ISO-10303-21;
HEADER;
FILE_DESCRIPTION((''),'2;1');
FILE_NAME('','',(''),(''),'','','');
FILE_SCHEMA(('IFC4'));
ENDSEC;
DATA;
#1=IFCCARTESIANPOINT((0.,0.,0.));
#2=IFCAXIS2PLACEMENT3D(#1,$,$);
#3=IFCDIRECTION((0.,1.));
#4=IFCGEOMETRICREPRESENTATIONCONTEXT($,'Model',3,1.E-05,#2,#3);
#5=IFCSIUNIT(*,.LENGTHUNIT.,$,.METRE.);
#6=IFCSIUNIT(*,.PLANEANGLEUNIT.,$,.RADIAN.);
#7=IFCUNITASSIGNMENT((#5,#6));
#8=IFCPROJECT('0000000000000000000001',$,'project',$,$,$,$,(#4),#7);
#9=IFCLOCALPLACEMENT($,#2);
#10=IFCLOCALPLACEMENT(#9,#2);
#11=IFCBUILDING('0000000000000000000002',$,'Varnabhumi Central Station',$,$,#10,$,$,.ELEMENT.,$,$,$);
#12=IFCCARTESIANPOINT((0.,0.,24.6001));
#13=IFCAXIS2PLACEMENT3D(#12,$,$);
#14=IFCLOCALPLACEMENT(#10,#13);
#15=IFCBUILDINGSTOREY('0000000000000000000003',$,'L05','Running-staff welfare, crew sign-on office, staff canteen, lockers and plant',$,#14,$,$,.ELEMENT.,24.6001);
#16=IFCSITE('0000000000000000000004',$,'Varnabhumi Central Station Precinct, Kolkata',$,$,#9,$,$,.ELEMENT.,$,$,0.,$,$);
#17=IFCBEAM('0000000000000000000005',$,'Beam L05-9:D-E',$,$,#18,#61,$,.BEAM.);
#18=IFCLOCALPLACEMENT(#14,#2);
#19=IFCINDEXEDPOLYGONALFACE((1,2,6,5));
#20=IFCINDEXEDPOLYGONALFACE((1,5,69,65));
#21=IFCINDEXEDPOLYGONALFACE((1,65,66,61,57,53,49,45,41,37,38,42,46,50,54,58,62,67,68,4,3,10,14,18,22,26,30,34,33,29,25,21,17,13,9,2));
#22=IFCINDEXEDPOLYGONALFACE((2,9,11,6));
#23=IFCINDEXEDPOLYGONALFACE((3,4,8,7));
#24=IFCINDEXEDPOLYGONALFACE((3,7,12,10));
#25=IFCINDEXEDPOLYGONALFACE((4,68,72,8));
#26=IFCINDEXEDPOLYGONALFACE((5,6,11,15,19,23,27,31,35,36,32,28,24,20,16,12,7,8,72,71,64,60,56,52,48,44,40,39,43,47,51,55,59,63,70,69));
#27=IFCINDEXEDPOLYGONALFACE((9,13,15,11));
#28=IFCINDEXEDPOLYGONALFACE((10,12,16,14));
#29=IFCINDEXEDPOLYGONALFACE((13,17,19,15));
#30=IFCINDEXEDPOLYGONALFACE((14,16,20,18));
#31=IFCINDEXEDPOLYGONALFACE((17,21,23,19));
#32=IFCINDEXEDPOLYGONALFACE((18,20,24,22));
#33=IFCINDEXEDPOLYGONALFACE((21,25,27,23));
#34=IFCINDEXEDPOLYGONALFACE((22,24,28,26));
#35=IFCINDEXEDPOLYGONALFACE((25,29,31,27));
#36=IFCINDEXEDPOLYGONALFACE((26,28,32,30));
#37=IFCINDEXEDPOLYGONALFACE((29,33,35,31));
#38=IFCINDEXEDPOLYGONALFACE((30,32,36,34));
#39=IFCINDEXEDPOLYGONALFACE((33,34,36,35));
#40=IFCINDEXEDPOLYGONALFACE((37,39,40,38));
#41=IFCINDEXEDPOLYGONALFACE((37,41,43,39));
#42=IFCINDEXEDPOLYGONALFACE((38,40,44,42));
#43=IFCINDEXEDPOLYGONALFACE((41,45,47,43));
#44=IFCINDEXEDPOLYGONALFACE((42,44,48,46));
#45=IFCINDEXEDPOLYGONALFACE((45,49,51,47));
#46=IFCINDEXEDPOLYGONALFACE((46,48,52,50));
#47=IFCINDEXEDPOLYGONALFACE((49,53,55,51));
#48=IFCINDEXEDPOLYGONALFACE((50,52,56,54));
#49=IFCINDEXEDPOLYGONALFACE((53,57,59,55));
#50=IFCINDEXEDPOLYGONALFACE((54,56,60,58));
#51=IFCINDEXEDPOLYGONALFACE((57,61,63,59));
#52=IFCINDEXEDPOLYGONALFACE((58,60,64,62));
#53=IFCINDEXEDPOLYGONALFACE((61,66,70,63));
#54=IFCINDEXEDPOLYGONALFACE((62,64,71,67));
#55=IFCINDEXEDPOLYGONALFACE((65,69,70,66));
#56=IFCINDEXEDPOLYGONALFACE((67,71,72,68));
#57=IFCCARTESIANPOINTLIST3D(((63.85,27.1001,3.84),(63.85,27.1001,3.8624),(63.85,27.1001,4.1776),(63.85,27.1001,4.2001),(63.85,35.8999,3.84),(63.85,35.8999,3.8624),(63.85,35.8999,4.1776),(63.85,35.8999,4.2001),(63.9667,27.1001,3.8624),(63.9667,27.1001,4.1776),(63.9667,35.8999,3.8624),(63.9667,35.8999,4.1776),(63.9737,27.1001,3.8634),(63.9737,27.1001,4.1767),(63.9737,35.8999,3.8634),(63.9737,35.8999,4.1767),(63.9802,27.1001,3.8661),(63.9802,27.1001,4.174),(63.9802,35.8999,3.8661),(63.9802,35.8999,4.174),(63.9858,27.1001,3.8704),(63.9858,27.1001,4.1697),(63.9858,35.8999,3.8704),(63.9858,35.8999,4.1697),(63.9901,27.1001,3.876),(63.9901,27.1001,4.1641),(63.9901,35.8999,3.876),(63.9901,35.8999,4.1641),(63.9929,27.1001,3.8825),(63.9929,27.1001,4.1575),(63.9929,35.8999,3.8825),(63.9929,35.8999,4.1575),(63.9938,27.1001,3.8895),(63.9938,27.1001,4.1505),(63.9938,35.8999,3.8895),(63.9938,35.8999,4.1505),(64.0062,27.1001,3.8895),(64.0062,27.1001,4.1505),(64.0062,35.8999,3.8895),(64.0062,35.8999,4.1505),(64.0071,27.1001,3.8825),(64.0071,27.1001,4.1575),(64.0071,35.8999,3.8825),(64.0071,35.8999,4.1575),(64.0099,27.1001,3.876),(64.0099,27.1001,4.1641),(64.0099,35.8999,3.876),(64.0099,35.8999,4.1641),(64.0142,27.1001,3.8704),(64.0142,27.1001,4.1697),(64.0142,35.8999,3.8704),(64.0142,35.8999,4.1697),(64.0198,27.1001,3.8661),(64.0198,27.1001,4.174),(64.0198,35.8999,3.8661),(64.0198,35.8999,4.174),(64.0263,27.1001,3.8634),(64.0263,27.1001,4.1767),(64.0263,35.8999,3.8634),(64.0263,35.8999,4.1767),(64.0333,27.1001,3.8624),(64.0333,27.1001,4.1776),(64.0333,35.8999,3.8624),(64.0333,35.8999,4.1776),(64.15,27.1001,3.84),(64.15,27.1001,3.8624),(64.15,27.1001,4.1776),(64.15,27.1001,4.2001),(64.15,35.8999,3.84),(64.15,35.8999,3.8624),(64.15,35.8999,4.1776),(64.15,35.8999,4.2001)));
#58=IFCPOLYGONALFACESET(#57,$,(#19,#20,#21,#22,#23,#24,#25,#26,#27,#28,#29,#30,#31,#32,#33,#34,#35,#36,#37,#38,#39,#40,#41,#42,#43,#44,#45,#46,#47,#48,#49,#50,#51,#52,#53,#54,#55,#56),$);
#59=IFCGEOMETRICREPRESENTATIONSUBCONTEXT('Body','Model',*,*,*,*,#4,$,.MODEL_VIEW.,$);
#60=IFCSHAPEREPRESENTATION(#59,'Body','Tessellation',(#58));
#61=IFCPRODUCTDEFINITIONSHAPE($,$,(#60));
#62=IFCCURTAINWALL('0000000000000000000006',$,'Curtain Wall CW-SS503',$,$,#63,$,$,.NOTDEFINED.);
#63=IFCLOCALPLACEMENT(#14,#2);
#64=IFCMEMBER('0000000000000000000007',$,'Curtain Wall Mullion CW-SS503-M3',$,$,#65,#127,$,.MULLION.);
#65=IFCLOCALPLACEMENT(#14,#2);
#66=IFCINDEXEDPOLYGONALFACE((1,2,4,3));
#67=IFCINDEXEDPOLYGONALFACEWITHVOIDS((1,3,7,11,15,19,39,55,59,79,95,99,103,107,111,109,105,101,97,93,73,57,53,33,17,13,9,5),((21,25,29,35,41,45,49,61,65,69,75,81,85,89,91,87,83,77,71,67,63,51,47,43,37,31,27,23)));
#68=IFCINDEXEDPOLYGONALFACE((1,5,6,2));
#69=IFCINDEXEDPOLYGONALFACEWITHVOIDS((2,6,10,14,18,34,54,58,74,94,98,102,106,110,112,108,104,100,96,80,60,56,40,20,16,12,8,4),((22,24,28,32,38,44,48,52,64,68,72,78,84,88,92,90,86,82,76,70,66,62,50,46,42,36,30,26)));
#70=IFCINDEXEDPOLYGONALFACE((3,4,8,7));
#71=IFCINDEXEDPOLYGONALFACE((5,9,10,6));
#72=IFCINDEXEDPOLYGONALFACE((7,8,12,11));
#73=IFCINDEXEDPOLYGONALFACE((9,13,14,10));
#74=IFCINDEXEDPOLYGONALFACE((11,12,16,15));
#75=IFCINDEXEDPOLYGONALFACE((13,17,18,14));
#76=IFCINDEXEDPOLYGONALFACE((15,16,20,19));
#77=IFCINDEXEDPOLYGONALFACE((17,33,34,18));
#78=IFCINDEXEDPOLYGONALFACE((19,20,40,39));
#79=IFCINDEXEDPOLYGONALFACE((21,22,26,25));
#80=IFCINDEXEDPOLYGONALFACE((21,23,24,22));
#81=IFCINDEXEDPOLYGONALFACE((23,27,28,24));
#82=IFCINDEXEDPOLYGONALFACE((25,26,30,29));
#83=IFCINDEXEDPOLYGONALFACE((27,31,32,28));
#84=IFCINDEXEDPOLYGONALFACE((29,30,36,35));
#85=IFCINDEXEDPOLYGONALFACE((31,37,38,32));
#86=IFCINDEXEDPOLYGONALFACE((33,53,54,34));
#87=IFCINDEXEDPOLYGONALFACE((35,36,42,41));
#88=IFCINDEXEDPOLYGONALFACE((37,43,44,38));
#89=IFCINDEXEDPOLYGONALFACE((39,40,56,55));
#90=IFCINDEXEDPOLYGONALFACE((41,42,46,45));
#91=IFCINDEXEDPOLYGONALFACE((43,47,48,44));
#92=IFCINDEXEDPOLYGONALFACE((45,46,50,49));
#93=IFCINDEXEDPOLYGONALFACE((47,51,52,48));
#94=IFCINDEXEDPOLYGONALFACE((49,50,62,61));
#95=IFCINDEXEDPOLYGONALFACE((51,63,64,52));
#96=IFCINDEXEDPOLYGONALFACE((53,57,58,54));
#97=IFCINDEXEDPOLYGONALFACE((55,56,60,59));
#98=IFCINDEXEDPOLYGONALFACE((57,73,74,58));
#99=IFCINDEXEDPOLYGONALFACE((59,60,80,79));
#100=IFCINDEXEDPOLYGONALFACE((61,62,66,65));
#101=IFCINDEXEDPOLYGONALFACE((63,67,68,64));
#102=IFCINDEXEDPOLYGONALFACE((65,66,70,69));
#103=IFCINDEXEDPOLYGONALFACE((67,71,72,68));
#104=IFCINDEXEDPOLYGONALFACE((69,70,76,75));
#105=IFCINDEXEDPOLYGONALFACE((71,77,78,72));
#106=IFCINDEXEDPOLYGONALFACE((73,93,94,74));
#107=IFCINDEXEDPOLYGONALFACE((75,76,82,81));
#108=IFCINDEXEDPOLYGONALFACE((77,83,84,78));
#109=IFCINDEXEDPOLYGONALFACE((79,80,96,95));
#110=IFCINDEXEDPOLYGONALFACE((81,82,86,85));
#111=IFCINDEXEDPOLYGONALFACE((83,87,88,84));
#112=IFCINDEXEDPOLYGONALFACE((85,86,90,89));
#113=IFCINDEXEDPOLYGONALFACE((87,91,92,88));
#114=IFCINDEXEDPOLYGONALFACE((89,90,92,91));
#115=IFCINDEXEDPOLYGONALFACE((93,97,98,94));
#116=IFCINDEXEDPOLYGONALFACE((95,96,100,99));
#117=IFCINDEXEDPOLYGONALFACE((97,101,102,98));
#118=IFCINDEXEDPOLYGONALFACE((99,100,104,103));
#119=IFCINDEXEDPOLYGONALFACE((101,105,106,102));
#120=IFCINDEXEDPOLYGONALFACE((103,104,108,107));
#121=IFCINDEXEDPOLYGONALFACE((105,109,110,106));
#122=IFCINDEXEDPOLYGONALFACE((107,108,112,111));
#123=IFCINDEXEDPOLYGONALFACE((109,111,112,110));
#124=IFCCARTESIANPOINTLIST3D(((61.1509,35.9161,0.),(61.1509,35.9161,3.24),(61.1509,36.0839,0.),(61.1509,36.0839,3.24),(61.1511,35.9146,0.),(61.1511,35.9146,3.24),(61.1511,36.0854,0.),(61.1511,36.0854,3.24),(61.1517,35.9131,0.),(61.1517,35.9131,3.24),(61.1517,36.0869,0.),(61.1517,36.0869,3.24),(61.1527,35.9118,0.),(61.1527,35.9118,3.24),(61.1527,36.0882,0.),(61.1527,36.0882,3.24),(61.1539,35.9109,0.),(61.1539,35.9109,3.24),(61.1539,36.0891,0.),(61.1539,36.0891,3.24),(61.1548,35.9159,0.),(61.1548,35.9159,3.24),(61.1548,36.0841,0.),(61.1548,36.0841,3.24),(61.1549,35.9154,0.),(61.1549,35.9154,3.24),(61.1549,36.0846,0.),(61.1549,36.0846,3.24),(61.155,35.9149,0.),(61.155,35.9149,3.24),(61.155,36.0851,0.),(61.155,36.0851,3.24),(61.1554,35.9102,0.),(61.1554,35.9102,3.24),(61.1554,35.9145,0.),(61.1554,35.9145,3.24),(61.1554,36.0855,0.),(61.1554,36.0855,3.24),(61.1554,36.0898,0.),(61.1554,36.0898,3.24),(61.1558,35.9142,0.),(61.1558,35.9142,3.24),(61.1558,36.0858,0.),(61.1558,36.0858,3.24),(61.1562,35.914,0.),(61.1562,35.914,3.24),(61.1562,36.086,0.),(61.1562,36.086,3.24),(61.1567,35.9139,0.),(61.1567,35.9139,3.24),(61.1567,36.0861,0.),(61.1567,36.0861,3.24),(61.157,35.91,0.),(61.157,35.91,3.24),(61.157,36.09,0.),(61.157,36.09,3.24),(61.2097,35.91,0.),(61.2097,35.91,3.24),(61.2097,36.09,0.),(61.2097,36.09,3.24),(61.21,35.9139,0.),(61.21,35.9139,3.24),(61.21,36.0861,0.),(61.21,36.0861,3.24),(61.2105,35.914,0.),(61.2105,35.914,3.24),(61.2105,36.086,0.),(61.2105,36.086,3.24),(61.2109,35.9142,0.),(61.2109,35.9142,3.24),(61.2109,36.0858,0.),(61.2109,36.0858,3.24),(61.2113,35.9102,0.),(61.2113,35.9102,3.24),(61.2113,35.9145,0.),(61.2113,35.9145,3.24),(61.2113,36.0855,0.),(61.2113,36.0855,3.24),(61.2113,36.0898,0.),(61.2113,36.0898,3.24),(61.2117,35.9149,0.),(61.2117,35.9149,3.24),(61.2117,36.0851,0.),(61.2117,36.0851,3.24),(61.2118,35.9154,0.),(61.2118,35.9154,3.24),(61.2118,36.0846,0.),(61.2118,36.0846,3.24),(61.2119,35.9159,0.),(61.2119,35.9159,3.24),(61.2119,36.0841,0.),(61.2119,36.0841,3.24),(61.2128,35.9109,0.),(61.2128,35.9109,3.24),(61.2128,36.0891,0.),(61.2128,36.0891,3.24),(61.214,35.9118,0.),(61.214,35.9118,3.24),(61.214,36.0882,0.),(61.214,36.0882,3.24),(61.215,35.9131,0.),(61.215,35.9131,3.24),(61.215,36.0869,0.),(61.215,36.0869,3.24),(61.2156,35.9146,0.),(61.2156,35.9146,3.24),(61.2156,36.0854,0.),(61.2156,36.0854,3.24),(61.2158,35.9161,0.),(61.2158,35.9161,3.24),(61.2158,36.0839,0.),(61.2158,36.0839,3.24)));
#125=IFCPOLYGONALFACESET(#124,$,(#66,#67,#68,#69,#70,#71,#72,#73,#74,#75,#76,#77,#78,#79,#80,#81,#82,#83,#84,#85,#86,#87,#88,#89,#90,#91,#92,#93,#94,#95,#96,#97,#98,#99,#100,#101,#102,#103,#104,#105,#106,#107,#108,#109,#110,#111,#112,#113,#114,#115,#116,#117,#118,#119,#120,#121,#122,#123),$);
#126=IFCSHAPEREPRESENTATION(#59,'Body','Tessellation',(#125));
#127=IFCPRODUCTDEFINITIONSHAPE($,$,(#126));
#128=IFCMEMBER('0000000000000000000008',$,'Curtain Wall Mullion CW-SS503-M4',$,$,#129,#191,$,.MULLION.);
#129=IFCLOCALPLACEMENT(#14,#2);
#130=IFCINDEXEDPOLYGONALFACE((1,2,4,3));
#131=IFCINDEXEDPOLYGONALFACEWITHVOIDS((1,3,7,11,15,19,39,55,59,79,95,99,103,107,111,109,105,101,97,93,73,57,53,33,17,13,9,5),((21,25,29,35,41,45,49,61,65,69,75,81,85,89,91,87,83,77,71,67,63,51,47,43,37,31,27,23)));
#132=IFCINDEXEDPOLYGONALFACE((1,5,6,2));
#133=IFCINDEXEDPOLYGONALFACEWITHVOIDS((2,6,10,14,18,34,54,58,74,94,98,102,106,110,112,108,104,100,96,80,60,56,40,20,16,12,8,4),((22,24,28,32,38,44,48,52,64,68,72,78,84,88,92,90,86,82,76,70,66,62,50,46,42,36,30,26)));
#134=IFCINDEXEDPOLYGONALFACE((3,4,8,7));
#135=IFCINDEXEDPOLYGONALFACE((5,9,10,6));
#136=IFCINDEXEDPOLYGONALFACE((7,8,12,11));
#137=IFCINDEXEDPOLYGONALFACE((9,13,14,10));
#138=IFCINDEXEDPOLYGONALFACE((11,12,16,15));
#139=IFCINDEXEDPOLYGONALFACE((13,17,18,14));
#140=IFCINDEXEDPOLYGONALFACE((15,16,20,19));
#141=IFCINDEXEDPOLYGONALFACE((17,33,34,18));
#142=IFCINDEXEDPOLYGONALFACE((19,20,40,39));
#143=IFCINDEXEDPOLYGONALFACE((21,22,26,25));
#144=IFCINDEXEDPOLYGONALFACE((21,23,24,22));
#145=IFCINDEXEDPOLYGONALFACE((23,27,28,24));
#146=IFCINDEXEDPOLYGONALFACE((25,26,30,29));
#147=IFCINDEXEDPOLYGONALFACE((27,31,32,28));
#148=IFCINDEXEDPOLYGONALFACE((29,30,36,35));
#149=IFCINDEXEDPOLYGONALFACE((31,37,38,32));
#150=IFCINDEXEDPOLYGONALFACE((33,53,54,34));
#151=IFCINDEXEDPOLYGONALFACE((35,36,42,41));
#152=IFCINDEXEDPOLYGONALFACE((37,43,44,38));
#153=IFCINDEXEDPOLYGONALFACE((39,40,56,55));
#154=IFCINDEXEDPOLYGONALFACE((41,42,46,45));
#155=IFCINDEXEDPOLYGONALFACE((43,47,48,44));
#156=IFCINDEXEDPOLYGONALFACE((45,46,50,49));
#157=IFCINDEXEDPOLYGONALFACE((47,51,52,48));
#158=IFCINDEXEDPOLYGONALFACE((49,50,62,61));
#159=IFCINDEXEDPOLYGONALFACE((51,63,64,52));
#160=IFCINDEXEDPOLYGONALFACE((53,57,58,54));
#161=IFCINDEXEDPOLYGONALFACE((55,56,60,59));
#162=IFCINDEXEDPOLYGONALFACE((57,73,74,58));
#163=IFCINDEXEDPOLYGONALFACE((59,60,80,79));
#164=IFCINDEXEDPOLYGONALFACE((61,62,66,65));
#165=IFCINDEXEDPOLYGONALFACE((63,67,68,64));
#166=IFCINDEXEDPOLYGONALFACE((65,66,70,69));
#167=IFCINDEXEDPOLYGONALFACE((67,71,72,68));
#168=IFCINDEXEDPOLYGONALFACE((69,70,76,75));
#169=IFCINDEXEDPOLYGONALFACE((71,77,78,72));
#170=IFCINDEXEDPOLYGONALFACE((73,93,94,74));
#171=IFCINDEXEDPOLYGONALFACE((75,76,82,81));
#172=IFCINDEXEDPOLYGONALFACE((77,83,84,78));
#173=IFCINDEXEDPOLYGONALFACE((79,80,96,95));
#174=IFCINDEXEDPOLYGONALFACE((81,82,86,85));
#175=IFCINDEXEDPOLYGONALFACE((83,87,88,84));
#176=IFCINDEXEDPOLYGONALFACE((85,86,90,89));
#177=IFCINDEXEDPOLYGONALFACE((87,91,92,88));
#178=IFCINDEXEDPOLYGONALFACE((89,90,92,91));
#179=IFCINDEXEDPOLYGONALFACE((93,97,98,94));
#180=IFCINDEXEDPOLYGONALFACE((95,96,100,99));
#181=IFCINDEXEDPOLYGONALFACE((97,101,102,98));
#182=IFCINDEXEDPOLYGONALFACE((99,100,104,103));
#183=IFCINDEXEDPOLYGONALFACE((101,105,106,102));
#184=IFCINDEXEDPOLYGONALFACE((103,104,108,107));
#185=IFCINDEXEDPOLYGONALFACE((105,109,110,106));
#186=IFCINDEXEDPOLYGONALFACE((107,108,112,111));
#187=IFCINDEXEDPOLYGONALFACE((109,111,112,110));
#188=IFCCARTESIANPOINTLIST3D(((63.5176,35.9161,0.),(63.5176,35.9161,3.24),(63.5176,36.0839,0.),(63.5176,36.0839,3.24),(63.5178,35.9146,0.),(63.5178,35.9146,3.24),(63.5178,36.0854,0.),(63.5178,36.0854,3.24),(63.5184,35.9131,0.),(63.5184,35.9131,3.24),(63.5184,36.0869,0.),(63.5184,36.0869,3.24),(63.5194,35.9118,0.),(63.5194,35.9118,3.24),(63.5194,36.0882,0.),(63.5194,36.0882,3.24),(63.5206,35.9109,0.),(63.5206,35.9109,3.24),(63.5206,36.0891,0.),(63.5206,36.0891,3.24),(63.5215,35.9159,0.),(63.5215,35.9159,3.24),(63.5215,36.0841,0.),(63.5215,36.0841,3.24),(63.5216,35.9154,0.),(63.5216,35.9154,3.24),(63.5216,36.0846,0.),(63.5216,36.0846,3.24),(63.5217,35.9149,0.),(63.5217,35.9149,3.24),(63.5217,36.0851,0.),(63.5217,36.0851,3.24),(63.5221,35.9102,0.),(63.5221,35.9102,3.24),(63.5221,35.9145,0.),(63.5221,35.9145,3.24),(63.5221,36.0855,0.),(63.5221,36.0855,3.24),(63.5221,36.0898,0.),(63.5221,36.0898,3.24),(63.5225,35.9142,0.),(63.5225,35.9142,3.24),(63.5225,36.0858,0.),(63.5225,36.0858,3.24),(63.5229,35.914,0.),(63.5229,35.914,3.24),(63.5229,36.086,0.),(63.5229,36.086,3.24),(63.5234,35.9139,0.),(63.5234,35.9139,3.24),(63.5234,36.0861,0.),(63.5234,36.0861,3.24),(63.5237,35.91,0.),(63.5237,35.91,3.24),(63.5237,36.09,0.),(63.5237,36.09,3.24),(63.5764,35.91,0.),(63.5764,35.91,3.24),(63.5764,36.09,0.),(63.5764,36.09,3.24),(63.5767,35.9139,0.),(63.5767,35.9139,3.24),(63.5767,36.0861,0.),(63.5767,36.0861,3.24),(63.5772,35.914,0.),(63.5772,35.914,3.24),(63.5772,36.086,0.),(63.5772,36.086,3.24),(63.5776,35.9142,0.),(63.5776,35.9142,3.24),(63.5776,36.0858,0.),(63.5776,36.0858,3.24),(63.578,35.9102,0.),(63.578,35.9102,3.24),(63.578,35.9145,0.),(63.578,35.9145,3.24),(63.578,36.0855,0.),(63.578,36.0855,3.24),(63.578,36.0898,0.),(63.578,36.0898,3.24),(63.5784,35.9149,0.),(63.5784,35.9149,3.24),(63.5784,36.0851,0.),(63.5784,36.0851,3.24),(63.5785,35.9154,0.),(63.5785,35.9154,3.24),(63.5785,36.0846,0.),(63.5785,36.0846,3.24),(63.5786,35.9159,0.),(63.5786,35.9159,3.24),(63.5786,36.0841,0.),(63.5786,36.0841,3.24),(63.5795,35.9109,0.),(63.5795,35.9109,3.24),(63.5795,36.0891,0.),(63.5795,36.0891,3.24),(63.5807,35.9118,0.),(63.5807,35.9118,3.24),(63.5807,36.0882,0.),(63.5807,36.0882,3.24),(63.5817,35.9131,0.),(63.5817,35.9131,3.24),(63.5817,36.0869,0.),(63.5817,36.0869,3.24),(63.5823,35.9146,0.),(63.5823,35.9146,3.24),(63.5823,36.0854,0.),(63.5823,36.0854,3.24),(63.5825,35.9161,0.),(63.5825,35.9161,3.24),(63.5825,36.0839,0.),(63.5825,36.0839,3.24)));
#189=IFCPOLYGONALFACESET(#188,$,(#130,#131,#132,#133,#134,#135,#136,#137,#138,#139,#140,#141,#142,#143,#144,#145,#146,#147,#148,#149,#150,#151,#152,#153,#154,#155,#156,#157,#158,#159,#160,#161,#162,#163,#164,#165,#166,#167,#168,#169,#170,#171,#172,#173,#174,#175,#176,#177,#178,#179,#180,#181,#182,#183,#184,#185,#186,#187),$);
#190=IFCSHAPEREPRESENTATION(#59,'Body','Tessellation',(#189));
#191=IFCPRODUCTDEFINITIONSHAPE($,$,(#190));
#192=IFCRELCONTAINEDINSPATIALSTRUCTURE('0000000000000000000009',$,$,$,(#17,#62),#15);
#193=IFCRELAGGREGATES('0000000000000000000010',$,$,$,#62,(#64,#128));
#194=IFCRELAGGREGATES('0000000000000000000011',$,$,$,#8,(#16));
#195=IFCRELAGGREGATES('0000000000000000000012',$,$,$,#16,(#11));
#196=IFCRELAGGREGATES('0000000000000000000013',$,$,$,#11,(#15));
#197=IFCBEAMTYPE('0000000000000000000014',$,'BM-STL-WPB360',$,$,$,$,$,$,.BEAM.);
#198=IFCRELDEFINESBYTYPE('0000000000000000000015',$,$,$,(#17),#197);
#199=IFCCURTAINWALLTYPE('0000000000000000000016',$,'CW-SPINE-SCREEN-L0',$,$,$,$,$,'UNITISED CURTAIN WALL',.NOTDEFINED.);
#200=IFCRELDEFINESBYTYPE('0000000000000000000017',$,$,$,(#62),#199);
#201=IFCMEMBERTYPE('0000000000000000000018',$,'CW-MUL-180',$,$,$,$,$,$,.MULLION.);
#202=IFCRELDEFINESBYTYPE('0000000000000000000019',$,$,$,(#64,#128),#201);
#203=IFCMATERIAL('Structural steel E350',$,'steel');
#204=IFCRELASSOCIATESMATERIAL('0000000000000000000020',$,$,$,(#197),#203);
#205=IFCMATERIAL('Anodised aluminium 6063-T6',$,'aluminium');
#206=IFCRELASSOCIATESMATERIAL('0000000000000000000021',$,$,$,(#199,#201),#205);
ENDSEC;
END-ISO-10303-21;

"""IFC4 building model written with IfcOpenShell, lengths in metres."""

from ifc_helpers import new_model, si_unit, direction, frame, origin, origin_2d, place, context, subcontext, project, spatial, hollow_rectangle, i_section, extrude, material, material_profile, profile_set, type_object, element, aggregate, save


model = new_model("IFC4")

# Units and contexts
model_context = context("Model", 3, precision=1e-05, world=origin(), true_north=direction((0.0, 1.0)))
body_context = subcontext(model_context, "Body", "Model", "MODEL_VIEW")
ifc_project = project(units=[si_unit("LENGTHUNIT", "METRE"), si_unit("PLANEANGLEUNIT", "RADIAN")], contexts=[model_context])

# Site, building, storey
site_placement = place(None, origin())
site = spatial("IfcSite", under=ifc_project, at=site_placement, Name="Varnabhumi Central Station Precinct, Kolkata", CompositionType="ELEMENT", RefElevation=0.0)
building_placement = place(site_placement, origin())
building = spatial("IfcBuilding", under=site, at=building_placement, Name="Varnabhumi Central Station", CompositionType="ELEMENT")
storey_placement = place(building_placement, frame((0.0, 0.0, 24.6001)))
storey = spatial("IfcBuildingStorey", under=building, at=storey_placement, Name="L05", Description="Running-staff welfare, crew sign-on office, staff canteen, lockers and plant", CompositionType="ELEMENT", Elevation=24.6001)

# Shared definitions
ifc_material_1 = material(Name="Structural steel E350", Category="steel")

# Beam
ifc_material_profile_1 = material_profile(ifc_material_1, i_section(OverallWidth=0.3, OverallDepth=0.3601, WebThickness=0.0125, FlangeThickness=0.0225, FilletRadius=0.0271, at=origin_2d()), Name="Structural steel E350", Category="steel")
ifc_profile_set_1 = profile_set([ifc_material_profile_1], Name="Structural steel E350")
beam_type_1 = type_object("IfcBeamType", Name="BM-STL-WPB360", PredefinedType="BEAM", material=ifc_profile_set_1)
for number, where, z_axis, x_axis, name in (
    (1, (64.0, 27.1001, 4.02), (0.0, 1.0, 0.0), (-1.0, 0.0, 0.0), "Beam L05-9:D-E"),
):
    element("IfcBeam", number, at=place(storey_placement, frame(where, z_axis=z_axis, x_axis=x_axis)), inside=storey, type_object=beam_type_1, Name=name, PredefinedType="BEAM", context=body_context, shape_type="SweptSolid", body=[
        extrude(i_section(OverallWidth=0.3, OverallDepth=0.3601, WebThickness=0.0125, FlangeThickness=0.0225, FilletRadius=0.0271, at=origin_2d()), origin(), (0.0, 0.0, 1.0), 8.7998),
    ])

# Curtain wall, members
ifc_material_2 = material(Name="Anodised aluminium 6063-T6", Category="aluminium")
curtain_wall_type = type_object("IfcCurtainWallType", Name="CW-SPINE-SCREEN-L0", ElementType="UNITISED CURTAIN WALL", PredefinedType="NOTDEFINED", material=ifc_material_2)
curtain_wall_placement = place(storey_placement, origin())
curtain_wall = element("IfcCurtainWall", 2, at=curtain_wall_placement, inside=storey, type_object=curtain_wall_type, Name="Curtain Wall CW-SS503", PredefinedType="NOTDEFINED")
ifc_material_profile_2 = material_profile(ifc_material_2, hollow_rectangle(XDim=0.0649, YDim=0.1799, WallThickness=0.0039, InnerFilletRadius=0.002, OuterFilletRadius=0.0061, at=origin_2d()), Name="Anodised aluminium 6063-T6", Category="aluminium")
ifc_profile_set_2 = profile_set([ifc_material_profile_2], Name="Anodised aluminium 6063-T6")
member_type_1 = type_object("IfcMemberType", Name="CW-MUL-180", PredefinedType="MULLION", material=ifc_profile_set_2)
member_1_placement = place(storey_placement, frame((61.1833, 36.0, 0.0), z_axis=(0.0, 0.0, 1.0), x_axis=(1.0, 0.0, 0.0)))
member_1 = element("IfcMember", 3, at=member_1_placement, type_object=member_type_1, Name="Curtain Wall Mullion CW-SS503-M3", PredefinedType="MULLION", context=body_context, shape_type="SweptSolid", body=[
    extrude(hollow_rectangle(XDim=0.0649, YDim=0.1799, WallThickness=0.0039, InnerFilletRadius=0.002, OuterFilletRadius=0.0061, at=origin_2d()), origin(), (0.0, 0.0, 1.0), 3.24),
])
member_2_placement = place(storey_placement, frame((63.55, 36.0, 0.0), z_axis=(0.0, 0.0, 1.0), x_axis=(1.0, 0.0, 0.0)))
member_2 = element("IfcMember", 4, at=member_2_placement, type_object=member_type_1, Name="Curtain Wall Mullion CW-SS503-M4", PredefinedType="MULLION", context=body_context, shape_type="SweptSolid", body=[
    extrude(hollow_rectangle(XDim=0.0649, YDim=0.1799, WallThickness=0.0039, InnerFilletRadius=0.002, OuterFilletRadius=0.0061, at=origin_2d()), origin(), (0.0, 0.0, 1.0), 3.24),
])

aggregate(curtain_wall, [member_1, member_2])

save(model, "model.ifc")
